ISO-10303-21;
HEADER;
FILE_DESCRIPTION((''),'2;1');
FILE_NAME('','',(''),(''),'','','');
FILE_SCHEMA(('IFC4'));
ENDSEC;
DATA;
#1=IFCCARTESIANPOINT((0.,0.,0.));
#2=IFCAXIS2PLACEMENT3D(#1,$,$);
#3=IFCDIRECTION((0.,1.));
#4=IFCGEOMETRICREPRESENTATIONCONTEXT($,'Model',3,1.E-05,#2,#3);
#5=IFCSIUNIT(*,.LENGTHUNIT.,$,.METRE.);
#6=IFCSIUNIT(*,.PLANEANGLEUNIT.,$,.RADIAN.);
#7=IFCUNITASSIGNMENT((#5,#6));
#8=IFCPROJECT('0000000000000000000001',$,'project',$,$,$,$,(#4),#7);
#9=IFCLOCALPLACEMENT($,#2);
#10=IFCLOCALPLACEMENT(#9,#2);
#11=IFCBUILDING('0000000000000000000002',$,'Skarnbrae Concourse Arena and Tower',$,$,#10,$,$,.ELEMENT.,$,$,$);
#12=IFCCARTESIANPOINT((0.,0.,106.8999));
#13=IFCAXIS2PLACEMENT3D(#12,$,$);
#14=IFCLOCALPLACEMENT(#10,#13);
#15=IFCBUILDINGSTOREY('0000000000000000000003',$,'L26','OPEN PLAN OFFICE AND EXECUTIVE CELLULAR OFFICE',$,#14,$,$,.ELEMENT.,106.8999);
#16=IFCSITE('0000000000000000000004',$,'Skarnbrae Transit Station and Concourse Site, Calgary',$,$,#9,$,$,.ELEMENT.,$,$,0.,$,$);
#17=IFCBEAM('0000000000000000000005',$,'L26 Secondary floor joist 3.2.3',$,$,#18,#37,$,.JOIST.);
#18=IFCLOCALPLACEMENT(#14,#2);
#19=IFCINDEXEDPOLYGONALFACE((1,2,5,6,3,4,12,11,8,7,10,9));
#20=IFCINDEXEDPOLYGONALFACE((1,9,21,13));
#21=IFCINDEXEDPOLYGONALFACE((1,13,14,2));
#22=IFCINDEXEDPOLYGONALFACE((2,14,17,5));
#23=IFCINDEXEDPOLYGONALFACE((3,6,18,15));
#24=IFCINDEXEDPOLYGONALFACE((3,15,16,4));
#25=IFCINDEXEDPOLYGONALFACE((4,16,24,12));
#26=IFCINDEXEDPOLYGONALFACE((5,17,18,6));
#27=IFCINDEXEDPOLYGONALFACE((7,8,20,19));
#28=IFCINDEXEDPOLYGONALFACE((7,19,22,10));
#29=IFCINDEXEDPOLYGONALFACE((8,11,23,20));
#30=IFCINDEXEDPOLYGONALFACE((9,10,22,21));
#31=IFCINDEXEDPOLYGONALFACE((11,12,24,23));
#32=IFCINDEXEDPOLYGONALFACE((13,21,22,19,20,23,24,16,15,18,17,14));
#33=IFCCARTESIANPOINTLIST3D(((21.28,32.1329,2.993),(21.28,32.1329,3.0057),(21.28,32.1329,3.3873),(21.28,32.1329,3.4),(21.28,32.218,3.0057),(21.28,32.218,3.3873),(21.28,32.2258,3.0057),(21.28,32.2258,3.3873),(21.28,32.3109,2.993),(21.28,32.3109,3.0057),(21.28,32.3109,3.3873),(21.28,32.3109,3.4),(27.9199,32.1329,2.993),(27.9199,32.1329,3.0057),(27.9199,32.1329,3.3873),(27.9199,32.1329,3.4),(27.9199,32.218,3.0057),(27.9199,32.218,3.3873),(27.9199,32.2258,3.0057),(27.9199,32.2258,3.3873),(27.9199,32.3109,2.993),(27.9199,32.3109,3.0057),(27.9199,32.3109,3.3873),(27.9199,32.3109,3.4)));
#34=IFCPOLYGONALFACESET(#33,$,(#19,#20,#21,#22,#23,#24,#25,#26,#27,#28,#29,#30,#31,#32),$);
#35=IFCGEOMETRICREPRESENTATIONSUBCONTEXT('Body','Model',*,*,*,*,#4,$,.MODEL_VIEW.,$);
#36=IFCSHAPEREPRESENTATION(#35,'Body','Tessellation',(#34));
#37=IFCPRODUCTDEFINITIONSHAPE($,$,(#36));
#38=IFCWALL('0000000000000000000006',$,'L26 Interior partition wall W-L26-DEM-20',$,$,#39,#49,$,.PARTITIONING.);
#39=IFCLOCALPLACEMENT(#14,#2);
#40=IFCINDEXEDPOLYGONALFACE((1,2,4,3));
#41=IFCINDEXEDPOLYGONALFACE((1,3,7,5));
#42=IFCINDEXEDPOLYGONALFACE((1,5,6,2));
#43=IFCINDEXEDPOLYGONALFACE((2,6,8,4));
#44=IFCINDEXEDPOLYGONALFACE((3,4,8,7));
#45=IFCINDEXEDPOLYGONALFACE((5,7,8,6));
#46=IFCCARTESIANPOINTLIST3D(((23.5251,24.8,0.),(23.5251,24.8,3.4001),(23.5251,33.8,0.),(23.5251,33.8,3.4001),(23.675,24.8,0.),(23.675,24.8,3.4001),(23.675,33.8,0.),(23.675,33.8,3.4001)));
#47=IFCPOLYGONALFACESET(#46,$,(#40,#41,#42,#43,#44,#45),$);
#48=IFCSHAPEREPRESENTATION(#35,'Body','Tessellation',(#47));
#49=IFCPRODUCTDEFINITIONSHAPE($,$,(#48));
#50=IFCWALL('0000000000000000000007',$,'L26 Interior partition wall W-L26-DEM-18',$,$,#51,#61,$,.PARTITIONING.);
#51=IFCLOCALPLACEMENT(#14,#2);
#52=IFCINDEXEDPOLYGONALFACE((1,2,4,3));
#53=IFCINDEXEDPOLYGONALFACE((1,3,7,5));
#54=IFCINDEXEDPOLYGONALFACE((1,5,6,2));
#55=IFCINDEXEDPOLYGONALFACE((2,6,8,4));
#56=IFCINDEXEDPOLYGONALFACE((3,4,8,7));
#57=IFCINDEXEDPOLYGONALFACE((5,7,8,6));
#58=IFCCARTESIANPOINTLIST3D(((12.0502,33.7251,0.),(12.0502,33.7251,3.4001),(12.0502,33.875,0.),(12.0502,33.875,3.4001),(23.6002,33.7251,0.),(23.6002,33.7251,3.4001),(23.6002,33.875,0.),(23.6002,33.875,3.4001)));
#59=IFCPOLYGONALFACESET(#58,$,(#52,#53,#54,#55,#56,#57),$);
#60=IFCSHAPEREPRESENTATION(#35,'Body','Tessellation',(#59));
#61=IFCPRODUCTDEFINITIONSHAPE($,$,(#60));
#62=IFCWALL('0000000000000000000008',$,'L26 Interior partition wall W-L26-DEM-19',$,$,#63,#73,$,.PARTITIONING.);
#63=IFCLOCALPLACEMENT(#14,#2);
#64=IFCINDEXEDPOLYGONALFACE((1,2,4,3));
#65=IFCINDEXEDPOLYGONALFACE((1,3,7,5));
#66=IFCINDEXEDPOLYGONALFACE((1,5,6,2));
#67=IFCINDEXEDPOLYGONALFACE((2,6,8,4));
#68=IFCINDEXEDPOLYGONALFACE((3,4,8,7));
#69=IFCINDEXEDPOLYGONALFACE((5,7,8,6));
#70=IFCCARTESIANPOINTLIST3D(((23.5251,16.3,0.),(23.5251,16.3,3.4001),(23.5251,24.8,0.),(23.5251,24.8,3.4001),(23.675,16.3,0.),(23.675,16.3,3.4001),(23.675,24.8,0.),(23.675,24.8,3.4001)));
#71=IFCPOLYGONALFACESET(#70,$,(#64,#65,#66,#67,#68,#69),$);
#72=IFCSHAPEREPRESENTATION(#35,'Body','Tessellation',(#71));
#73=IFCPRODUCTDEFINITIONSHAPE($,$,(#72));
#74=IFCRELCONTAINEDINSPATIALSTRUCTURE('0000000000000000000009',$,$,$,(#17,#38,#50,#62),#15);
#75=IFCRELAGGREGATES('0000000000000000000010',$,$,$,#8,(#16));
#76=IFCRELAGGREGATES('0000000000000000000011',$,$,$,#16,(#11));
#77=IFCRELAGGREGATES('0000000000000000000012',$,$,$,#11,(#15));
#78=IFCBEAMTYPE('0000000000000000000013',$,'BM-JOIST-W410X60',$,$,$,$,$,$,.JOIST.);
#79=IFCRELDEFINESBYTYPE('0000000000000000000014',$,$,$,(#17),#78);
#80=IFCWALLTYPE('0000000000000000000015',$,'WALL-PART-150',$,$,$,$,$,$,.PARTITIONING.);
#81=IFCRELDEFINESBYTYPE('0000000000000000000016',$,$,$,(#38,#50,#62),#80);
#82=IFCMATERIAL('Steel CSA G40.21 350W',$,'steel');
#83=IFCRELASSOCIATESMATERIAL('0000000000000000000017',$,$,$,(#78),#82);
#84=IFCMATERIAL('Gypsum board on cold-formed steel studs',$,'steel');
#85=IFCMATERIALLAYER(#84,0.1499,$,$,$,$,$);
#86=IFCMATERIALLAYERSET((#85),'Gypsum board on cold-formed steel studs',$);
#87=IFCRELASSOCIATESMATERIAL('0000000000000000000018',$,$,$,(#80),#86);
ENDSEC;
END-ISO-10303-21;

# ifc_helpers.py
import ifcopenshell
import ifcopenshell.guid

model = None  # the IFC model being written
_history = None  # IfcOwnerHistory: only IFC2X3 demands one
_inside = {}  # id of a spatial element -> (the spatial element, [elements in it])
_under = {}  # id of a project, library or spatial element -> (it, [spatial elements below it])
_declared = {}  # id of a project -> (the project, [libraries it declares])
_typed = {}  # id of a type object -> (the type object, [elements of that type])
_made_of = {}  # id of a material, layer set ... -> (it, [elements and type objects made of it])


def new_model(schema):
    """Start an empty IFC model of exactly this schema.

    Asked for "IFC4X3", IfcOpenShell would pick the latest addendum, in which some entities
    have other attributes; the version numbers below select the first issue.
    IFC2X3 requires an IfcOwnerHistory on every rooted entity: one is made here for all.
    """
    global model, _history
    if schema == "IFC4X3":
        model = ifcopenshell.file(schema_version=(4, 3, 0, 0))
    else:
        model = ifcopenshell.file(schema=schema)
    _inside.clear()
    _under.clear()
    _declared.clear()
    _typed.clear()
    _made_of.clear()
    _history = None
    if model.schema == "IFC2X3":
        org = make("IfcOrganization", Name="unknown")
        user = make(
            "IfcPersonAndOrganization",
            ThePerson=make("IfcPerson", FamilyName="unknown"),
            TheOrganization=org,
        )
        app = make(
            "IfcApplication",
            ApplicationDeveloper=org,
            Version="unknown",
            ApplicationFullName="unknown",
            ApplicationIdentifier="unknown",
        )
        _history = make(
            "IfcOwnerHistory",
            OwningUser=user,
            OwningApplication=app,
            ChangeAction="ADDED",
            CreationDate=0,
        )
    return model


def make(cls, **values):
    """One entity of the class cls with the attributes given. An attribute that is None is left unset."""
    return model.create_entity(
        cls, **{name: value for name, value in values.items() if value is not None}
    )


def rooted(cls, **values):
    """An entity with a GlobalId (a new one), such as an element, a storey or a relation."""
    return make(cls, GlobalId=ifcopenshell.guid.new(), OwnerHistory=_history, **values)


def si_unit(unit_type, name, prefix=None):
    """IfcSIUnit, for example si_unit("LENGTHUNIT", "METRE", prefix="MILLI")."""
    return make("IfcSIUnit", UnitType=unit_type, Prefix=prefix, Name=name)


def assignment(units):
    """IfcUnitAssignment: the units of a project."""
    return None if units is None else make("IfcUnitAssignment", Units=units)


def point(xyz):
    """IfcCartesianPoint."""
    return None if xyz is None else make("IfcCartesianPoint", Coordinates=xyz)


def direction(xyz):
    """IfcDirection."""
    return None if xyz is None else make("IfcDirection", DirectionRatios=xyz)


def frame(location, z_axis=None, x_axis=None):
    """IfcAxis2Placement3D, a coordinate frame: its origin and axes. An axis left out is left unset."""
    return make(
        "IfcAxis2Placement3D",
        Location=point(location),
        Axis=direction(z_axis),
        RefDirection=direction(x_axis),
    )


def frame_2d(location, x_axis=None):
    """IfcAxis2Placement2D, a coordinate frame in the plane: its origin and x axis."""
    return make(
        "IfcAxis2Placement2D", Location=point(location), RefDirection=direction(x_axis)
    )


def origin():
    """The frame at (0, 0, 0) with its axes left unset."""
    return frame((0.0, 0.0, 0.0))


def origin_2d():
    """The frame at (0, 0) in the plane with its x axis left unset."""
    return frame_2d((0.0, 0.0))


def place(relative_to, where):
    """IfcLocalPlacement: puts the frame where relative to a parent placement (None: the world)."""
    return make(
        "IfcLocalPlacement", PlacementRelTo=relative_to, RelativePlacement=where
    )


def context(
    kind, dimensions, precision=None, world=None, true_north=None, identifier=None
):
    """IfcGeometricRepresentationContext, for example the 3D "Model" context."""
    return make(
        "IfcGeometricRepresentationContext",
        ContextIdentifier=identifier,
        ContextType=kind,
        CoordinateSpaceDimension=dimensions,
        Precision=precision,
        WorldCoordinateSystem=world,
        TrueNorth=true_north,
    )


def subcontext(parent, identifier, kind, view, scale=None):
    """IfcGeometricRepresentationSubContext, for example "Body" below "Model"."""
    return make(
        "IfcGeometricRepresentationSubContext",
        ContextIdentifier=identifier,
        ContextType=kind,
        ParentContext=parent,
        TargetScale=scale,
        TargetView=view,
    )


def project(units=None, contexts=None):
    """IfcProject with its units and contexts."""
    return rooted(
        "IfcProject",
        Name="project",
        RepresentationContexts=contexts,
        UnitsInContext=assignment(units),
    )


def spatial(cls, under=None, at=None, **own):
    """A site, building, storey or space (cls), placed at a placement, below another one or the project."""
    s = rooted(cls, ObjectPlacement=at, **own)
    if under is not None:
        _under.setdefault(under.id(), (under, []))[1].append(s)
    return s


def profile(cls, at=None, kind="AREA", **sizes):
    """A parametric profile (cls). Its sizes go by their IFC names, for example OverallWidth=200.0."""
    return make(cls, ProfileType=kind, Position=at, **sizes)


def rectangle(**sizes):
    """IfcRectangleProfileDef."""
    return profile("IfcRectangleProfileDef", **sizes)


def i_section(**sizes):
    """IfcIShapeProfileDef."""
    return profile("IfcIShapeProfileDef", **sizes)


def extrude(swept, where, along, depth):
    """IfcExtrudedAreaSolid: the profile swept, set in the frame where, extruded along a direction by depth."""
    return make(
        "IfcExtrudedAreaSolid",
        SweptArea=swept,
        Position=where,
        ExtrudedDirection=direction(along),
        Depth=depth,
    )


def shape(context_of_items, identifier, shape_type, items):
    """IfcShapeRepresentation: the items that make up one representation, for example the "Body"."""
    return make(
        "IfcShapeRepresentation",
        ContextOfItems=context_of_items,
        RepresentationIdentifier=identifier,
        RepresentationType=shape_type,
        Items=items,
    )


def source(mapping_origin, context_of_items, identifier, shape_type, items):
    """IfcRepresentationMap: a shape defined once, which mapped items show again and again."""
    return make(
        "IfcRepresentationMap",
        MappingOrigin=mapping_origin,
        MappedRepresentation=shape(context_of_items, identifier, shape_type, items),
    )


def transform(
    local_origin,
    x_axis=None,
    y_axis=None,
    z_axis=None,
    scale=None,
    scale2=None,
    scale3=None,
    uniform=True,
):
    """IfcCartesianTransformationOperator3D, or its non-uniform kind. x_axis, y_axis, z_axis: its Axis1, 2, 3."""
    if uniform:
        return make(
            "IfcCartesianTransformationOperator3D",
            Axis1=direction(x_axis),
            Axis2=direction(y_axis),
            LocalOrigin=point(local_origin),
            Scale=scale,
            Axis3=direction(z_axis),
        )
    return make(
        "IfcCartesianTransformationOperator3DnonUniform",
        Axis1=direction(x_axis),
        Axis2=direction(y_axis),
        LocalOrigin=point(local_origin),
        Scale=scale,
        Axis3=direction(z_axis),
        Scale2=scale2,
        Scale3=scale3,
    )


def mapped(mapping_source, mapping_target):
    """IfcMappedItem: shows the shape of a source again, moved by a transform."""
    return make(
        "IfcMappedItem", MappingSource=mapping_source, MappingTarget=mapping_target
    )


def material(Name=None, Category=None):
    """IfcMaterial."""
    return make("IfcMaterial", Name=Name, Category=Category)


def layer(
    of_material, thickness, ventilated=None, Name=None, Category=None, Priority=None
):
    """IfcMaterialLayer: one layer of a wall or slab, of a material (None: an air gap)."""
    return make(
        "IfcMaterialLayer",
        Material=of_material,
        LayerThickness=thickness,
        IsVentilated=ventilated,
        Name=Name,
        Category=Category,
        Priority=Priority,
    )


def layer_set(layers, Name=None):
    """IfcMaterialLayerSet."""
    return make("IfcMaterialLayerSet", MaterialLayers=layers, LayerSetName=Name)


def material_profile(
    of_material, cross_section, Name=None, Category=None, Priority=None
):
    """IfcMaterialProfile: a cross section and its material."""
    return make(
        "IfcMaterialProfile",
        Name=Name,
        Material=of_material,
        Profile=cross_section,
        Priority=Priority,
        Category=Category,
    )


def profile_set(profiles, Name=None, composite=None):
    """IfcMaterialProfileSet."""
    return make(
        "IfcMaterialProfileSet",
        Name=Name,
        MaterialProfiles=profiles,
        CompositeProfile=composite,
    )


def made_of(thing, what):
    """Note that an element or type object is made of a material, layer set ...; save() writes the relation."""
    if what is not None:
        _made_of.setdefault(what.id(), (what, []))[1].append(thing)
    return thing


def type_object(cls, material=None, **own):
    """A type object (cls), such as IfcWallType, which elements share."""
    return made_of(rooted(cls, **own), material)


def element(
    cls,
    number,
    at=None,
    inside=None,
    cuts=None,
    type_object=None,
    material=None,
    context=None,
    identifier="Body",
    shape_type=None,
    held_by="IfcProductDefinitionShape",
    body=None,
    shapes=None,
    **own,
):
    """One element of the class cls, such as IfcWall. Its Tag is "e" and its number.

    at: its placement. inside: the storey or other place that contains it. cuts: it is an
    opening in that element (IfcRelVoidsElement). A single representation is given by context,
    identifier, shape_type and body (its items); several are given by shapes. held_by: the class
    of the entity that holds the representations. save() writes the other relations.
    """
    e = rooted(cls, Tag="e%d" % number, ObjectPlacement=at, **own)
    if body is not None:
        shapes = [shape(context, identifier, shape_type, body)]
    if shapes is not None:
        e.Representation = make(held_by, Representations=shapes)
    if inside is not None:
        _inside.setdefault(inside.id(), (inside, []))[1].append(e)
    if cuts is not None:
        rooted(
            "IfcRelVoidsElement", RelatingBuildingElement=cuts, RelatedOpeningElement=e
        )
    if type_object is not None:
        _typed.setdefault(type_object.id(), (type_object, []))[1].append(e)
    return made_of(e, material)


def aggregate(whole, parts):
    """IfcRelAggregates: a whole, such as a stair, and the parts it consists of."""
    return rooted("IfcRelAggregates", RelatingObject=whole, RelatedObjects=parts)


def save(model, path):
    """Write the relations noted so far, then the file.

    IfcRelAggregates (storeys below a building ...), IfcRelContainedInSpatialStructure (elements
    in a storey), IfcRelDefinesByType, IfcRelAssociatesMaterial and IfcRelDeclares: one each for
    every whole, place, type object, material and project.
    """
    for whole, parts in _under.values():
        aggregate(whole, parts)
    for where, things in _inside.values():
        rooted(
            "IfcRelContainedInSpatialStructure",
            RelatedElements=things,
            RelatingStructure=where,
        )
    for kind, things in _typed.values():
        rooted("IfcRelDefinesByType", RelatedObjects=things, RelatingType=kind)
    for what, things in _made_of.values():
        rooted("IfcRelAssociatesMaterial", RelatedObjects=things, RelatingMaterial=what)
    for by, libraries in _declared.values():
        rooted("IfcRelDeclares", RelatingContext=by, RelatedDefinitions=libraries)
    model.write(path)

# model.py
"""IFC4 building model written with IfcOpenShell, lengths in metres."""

from ifc_helpers import new_model, si_unit, direction, frame, frame_2d, origin, origin_2d, place, context, subcontext, project, spatial, rectangle, i_section, extrude, source, transform, mapped, material, layer, layer_set, material_profile, profile_set, type_object, element, save


model = new_model("IFC4")

# Units and contexts
model_context = context("Model", 3, precision=1e-05, world=origin(), true_north=direction((0.0, 1.0)))
body_context = subcontext(model_context, "Body", "Model", "MODEL_VIEW")
ifc_project = project(units=[si_unit("LENGTHUNIT", "METRE"), si_unit("PLANEANGLEUNIT", "RADIAN")], contexts=[model_context])

# Site, building, storey
site_placement = place(None, origin())
site = spatial("IfcSite", under=ifc_project, at=site_placement, Name="Skarnbrae Transit Station and Concourse Site, Calgary", CompositionType="ELEMENT", RefElevation=0.0)
building_placement = place(site_placement, origin())
building = spatial("IfcBuilding", under=site, at=building_placement, Name="Skarnbrae Concourse Arena and Tower", CompositionType="ELEMENT")
storey_placement = place(building_placement, frame((0.0, 0.0, 106.8999)))
storey = spatial("IfcBuildingStorey", under=building, at=storey_placement, Name="L26", Description="OPEN PLAN OFFICE AND EXECUTIVE CELLULAR OFFICE", CompositionType="ELEMENT", Elevation=106.8999)

# Shared definitions
ifc_material_1 = material(Name="Steel CSA G40.21 350W", Category="steel")

# Beam
ifc_material_profile_1 = material_profile(ifc_material_1, i_section(OverallWidth=0.178, OverallDepth=0.407, WebThickness=0.0078, FlangeThickness=0.0127, at=origin_2d()), Name="W410X60")
ifc_profile_set_1 = profile_set([ifc_material_profile_1], Name="Steel CSA G40.21 350W")
beam_type_1 = type_object("IfcBeamType", Name="BM-JOIST-W410X60", PredefinedType="JOIST", material=ifc_profile_set_1)
shared_shape_1 = source(origin(), body_context, "Body", "SweptSolid", [
    extrude(i_section(OverallWidth=0.178, OverallDepth=0.407, WebThickness=0.0078, FlangeThickness=0.0127, at=origin_2d()), origin(), (0.0, 0.0, 1.0), 6.6399),
])
for number, where, z_axis, x_axis, name in (
    (1, (21.28, 32.2219, 3.1965), (1.0, 0.0, 0.0), (0.0, 1.0, 0.0), "L26 Secondary floor joist 3.2.3"),
):
    element("IfcBeam", number, at=place(storey_placement, frame(where, z_axis=z_axis, x_axis=x_axis)), inside=storey, type_object=beam_type_1, Name=name, PredefinedType="JOIST", context=body_context, shape_type="MappedRepresentation", body=[
        mapped(shared_shape_1, transform((0.0, 0.0, 0.0))),
    ])

# Walls
ifc_material_2 = material(Name="Gypsum board on cold-formed steel studs", Category="steel")
ifc_layer = layer(ifc_material_2, 0.1499)
ifc_layer_set = layer_set([ifc_layer], Name="Gypsum board on cold-formed steel studs")
wall_type = type_object("IfcWallType", Name="WALL-PART-150", PredefinedType="PARTITIONING", material=ifc_layer_set)
shared_shape_2 = source(origin(), body_context, "Body", "SweptSolid", [
    extrude(rectangle(XDim=9.0, YDim=0.1499, at=frame_2d((4.5, 0.0))), origin(), (0.0, 0.0, 1.0), 3.4001),
])
wall_1_placement = place(storey_placement, frame((23.6001, 33.8, 0.0), z_axis=(0.0, 0.0, 1.0), x_axis=(0.0, -1.0, 0.0)))
element("IfcWall", 2, at=wall_1_placement, inside=storey, type_object=wall_type, Name="L26 Interior partition wall W-L26-DEM-20", PredefinedType="PARTITIONING", context=body_context, shape_type="MappedRepresentation", body=[
    mapped(shared_shape_2, transform((0.0, 0.0, 0.0))),
])
shared_shape_3 = source(origin(), body_context, "Body", "SweptSolid", [
    extrude(rectangle(XDim=11.55, YDim=0.1499, at=frame_2d((5.7749, 0.0))), origin(), (0.0, 0.0, 1.0), 3.4001),
])
wall_2_placement = place(storey_placement, frame((23.6001, 33.8, 0.0), z_axis=(0.0, 0.0, 1.0), x_axis=(-1.0, 0.0, 0.0)))
element("IfcWall", 3, at=wall_2_placement, inside=storey, type_object=wall_type, Name="L26 Interior partition wall W-L26-DEM-18", PredefinedType="PARTITIONING", context=body_context, shape_type="MappedRepresentation", body=[
    mapped(shared_shape_3, transform((0.0, 0.0, 0.0))),
])
shared_shape_4 = source(origin(), body_context, "Body", "SweptSolid", [
    extrude(rectangle(XDim=8.5, YDim=0.1499, at=frame_2d((4.25, 0.0))), origin(), (0.0, 0.0, 1.0), 3.4001),
])
wall_3_placement = place(storey_placement, frame((23.6001, 24.8, 0.0), z_axis=(0.0, 0.0, 1.0), x_axis=(0.0, -1.0, 0.0)))
element("IfcWall", 4, at=wall_3_placement, inside=storey, type_object=wall_type, Name="L26 Interior partition wall W-L26-DEM-19", PredefinedType="PARTITIONING", context=body_context, shape_type="MappedRepresentation", body=[
    mapped(shared_shape_4, transform((0.0, 0.0, 0.0))),
])

save(model, "model.ifc")
